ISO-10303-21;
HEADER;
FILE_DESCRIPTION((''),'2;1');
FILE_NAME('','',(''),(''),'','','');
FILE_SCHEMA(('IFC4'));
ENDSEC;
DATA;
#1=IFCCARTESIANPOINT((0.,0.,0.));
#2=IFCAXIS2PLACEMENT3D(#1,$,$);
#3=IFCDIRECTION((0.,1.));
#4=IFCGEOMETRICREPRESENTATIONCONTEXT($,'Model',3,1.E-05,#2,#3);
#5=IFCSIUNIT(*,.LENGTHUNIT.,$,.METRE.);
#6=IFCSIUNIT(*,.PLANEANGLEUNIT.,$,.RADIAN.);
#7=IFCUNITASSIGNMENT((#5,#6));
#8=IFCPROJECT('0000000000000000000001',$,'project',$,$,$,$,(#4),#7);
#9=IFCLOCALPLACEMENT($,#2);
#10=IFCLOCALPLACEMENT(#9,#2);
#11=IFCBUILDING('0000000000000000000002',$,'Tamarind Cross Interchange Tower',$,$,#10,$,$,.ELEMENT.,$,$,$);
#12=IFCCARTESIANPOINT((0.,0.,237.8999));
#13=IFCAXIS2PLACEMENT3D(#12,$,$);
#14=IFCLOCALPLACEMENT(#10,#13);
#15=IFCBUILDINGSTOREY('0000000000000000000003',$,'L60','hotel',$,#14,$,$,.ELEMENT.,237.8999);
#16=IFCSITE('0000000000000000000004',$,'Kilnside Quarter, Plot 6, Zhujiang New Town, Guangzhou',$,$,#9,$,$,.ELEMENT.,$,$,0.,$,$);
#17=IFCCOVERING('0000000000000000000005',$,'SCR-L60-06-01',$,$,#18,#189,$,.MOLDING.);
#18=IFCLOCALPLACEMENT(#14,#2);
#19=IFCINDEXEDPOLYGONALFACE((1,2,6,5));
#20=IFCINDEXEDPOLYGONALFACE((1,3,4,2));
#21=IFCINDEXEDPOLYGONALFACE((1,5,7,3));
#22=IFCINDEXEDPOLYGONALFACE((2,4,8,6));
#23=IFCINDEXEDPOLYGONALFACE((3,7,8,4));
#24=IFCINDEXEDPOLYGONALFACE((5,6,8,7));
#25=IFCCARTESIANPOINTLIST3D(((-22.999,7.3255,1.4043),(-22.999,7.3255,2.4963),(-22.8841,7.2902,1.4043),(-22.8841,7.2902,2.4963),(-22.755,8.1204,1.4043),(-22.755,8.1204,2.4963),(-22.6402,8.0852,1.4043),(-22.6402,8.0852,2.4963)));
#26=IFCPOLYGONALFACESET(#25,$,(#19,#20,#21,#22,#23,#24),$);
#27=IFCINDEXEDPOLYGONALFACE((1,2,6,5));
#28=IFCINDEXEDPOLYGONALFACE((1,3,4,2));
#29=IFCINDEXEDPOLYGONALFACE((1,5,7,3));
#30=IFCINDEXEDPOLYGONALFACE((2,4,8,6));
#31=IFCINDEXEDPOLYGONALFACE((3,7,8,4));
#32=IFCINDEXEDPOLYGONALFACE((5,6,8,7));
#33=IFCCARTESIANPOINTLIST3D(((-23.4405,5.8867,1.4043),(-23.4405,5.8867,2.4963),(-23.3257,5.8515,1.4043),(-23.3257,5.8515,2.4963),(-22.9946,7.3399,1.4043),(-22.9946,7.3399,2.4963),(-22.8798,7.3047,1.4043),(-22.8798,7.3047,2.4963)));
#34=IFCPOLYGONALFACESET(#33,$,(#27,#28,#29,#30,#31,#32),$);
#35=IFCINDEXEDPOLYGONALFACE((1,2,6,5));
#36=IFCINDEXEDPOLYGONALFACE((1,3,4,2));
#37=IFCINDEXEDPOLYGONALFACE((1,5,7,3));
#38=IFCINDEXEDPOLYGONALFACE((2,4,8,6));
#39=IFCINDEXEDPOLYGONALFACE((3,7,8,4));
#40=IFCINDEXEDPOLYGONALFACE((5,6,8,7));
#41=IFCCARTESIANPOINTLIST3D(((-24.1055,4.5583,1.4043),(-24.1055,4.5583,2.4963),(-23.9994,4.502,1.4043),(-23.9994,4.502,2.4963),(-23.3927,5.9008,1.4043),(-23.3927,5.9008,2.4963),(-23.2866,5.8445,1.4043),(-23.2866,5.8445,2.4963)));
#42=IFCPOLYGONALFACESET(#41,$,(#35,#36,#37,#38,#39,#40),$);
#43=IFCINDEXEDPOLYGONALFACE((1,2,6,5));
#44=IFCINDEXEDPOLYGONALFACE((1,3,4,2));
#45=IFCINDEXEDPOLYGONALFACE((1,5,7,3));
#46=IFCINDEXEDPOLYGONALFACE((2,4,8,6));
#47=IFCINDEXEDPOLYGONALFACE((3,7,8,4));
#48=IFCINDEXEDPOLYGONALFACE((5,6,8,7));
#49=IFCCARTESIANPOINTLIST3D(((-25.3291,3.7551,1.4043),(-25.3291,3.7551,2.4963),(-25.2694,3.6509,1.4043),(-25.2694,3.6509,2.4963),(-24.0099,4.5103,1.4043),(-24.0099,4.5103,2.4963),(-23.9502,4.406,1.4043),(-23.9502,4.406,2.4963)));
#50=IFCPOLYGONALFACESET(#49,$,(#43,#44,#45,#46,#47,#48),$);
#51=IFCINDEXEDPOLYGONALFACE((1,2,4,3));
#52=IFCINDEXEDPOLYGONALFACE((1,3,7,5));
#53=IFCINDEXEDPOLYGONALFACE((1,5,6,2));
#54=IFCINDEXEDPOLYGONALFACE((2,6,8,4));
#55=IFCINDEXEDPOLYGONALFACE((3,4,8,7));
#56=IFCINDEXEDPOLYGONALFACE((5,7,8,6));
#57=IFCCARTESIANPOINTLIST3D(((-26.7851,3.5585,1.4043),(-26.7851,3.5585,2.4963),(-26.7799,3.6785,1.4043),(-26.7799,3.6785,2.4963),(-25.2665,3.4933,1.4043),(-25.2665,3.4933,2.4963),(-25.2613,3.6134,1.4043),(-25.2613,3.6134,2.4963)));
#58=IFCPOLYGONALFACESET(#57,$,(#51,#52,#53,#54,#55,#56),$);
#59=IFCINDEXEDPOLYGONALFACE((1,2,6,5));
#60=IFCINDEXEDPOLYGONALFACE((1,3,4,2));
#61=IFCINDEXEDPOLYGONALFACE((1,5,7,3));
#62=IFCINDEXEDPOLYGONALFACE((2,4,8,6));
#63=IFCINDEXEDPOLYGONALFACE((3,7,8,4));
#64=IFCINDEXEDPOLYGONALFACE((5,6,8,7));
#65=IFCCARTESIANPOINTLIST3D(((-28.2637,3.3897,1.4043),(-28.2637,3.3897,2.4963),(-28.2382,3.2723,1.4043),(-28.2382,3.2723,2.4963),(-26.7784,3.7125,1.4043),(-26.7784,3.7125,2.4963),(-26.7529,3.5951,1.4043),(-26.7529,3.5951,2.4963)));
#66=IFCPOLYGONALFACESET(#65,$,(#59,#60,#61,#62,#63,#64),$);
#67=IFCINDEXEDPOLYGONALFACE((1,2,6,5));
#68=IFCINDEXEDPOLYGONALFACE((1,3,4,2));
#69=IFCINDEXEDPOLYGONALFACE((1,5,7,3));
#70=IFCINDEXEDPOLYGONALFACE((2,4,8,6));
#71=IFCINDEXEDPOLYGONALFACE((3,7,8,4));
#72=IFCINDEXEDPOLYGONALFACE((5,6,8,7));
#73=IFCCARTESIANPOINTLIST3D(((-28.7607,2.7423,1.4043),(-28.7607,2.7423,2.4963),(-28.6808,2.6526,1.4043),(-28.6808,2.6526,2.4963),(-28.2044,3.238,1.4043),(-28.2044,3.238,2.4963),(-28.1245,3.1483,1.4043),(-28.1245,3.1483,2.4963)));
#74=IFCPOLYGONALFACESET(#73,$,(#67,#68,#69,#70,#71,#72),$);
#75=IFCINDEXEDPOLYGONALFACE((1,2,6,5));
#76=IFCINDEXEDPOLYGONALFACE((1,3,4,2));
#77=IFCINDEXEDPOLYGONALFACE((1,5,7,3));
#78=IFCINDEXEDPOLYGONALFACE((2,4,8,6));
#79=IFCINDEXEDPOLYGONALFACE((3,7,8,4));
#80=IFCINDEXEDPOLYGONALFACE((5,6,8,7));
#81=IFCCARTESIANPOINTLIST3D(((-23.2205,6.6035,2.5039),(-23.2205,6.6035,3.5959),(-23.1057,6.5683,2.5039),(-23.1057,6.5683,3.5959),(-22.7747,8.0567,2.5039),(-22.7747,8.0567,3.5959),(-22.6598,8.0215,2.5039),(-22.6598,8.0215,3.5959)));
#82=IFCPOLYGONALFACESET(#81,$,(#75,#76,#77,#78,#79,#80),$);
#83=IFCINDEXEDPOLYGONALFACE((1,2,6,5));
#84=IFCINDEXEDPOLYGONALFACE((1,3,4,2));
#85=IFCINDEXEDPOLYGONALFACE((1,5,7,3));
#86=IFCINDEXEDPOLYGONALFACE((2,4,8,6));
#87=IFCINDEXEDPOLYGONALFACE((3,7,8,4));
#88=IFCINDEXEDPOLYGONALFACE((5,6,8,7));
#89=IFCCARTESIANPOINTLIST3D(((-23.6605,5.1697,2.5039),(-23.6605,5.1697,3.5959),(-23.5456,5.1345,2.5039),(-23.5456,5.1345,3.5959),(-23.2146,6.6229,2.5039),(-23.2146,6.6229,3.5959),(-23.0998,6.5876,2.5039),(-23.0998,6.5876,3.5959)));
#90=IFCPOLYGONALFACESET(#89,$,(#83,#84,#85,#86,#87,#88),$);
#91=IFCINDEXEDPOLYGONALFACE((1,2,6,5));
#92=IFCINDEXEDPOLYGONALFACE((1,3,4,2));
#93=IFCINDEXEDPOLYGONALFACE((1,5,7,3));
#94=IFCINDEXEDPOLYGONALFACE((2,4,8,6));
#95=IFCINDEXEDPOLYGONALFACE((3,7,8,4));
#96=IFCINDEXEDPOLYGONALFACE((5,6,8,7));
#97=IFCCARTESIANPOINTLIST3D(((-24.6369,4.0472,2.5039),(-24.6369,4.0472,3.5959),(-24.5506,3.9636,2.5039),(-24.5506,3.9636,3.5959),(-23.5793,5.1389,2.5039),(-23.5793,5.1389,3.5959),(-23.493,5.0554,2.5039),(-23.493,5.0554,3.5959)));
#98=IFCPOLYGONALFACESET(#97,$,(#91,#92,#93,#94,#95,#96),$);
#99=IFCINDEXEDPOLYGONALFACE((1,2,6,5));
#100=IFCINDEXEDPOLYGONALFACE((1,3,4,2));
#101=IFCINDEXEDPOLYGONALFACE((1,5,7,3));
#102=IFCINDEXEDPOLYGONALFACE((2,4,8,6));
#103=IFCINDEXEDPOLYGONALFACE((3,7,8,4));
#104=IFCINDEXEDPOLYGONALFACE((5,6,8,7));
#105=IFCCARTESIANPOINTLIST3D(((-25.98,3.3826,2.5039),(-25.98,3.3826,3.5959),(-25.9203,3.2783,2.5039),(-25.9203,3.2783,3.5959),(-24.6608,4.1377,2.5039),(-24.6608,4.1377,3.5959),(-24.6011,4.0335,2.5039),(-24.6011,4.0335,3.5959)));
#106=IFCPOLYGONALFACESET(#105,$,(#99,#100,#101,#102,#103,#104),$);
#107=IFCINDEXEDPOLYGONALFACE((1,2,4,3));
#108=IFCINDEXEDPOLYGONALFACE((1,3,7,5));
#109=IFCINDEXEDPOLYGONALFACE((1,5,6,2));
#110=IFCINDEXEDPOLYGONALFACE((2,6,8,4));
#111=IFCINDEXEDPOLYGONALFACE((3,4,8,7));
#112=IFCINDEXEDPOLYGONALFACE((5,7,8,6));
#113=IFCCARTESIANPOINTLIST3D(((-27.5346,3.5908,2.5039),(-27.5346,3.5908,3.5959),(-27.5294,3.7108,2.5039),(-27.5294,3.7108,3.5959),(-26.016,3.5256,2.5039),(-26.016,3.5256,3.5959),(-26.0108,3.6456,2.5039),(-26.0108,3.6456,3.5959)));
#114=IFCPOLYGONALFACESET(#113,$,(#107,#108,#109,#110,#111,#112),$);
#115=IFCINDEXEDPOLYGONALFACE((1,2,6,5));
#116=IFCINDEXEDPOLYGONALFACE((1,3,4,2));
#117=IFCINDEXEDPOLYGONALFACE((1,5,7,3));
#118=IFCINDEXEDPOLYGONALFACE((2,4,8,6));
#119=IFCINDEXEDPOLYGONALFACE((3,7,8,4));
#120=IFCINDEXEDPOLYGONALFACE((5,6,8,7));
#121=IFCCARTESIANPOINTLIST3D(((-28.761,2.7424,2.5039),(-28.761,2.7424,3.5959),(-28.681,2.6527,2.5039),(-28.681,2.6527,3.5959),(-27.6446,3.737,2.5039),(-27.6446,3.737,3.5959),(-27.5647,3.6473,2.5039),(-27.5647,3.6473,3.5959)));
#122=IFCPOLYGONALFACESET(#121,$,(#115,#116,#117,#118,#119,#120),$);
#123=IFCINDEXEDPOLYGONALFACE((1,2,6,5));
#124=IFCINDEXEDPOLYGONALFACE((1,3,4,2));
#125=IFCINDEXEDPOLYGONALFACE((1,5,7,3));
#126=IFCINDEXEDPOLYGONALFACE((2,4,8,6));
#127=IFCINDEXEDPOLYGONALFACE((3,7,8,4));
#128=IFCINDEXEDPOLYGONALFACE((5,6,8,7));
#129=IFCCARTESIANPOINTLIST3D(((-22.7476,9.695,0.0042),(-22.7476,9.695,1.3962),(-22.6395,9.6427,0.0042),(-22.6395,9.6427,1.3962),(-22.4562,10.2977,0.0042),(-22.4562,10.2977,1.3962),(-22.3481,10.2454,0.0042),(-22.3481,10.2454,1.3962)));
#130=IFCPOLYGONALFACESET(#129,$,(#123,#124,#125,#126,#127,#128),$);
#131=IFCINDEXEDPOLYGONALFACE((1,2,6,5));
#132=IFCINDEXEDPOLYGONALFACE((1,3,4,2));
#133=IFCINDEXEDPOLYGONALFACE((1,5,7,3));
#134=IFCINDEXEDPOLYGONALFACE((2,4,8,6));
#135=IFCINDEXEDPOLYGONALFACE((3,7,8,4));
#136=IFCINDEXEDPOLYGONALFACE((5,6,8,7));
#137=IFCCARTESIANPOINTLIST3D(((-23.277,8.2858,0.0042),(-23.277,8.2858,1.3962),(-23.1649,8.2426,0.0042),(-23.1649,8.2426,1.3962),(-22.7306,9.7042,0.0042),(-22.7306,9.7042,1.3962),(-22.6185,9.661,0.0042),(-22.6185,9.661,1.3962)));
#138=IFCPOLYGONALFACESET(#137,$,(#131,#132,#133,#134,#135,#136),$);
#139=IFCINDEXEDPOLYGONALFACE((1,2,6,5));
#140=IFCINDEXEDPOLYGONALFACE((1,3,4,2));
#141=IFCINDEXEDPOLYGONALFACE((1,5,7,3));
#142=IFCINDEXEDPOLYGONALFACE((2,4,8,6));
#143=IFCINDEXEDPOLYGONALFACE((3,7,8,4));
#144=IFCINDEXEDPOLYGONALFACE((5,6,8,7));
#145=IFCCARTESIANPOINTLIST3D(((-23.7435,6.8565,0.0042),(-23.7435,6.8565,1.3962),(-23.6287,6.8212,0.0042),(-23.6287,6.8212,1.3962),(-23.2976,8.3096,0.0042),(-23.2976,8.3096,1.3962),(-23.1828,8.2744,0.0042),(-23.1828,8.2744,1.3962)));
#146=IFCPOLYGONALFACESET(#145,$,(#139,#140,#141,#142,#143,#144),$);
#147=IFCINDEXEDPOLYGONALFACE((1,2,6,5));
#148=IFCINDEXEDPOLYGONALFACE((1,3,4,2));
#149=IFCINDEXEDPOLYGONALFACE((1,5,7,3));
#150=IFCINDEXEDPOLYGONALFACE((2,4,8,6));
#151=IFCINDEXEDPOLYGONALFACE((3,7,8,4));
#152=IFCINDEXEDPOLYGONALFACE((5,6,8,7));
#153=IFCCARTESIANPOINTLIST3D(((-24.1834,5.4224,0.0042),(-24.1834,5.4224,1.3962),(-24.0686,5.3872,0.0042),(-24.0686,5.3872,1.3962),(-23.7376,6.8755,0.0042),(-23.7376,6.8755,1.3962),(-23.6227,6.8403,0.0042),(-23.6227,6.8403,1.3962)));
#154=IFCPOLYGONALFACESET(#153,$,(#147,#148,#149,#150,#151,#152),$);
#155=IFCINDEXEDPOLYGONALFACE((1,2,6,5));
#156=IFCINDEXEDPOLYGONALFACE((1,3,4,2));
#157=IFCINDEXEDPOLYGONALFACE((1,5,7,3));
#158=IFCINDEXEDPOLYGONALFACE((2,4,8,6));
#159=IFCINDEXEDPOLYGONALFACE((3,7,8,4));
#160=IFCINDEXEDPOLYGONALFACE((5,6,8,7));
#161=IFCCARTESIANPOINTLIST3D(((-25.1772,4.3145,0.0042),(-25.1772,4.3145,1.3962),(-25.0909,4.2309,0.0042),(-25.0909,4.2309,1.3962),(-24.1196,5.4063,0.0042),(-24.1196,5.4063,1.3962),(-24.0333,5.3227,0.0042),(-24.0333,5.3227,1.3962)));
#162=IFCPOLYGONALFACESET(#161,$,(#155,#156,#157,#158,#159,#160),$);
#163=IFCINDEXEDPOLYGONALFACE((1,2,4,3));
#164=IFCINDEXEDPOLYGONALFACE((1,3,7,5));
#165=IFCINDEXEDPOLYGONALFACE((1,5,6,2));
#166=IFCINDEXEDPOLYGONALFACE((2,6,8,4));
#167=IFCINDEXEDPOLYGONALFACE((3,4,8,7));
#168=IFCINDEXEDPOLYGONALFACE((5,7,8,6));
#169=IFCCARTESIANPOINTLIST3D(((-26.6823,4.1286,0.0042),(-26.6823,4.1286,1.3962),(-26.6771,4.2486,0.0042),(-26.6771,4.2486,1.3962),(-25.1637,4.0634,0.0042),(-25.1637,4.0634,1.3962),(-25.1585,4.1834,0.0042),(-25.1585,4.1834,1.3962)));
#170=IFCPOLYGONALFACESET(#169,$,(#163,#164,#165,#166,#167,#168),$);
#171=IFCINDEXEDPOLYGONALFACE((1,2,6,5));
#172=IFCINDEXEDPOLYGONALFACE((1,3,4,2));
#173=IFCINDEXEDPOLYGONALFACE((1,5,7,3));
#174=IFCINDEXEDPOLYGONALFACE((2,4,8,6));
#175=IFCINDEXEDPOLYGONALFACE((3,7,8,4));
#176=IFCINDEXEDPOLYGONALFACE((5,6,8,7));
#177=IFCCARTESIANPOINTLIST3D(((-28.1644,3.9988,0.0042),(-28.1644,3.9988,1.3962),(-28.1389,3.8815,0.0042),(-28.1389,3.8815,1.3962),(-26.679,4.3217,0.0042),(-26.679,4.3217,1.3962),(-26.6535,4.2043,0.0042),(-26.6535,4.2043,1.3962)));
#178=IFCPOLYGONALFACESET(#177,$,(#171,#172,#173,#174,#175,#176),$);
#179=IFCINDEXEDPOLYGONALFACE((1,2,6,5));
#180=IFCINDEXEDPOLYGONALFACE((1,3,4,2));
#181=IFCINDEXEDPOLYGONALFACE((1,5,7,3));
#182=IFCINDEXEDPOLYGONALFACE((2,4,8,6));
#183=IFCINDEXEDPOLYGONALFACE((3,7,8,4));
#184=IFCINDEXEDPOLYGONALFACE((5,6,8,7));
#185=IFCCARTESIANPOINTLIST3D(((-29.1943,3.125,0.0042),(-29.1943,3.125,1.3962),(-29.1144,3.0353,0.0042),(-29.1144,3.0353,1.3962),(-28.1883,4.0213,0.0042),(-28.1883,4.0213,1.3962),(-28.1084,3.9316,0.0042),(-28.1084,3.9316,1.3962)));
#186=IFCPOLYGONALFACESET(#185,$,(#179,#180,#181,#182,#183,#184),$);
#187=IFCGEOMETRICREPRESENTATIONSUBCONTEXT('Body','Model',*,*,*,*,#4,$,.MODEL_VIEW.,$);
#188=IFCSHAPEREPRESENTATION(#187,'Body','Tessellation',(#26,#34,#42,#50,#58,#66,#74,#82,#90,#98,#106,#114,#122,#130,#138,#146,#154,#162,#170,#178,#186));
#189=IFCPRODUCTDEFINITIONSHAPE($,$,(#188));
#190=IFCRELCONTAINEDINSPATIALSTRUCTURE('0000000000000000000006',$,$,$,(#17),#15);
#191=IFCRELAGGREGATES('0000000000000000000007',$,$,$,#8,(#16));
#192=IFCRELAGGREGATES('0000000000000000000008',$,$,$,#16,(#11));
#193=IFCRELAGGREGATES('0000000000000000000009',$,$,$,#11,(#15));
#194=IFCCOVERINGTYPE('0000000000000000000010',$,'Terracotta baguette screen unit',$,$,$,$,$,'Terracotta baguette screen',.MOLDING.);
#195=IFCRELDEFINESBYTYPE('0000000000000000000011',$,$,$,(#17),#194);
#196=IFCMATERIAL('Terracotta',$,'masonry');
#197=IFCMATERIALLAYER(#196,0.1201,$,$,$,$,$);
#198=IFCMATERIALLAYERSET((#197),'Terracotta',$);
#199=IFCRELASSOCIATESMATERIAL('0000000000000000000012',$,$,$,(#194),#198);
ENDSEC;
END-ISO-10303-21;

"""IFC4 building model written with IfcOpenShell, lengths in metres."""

from ifc_helpers import new_model, si_unit, direction, frame, origin, origin_2d, place, context, subcontext, project, spatial, rectangle, extrude, material, layer, layer_set, type_object, element, save


model = new_model("IFC4")

# Units and contexts
model_context = context("Model", 3, precision=1e-05, world=origin(), true_north=direction((0.0, 1.0)))
body_context = subcontext(model_context, "Body", "Model", "MODEL_VIEW")
ifc_project = project(units=[si_unit("LENGTHUNIT", "METRE"), si_unit("PLANEANGLEUNIT", "RADIAN")], contexts=[model_context])

# Site, building, storey
site_placement = place(None, origin())
site = spatial("IfcSite", under=ifc_project, at=site_placement, Name="Kilnside Quarter, Plot 6, Zhujiang New Town, Guangzhou", CompositionType="ELEMENT", RefElevation=0.0)
building_placement = place(site_placement, origin())
building = spatial("IfcBuilding", under=site, at=building_placement, Name="Tamarind Cross Interchange Tower", CompositionType="ELEMENT")
storey_placement = place(building_placement, frame((0.0, 0.0, 237.8999)))
storey = spatial("IfcBuildingStorey", under=building, at=storey_placement, Name="L60", Description="hotel", CompositionType="ELEMENT", Elevation=237.8999)

# Covering
ifc_material_1 = material(Name="Terracotta", Category="masonry")
ifc_layer_1 = layer(ifc_material_1, 0.1201)
ifc_layer_set_1 = layer_set([ifc_layer_1], Name="Terracotta")
covering_type = type_object("IfcCoveringType", Name="Terracotta baguette screen unit", ElementType="Terracotta baguette screen", PredefinedType="MOLDING", material=ifc_layer_set_1)
covering_1_placement = place(storey_placement, origin())
element("IfcCovering", 1, at=covering_1_placement, inside=storey, type_object=covering_type, Name="SCR-L60-06-01", PredefinedType="MOLDING", context=body_context, shape_type="SweptSolid", body=[
    extrude(rectangle(XDim=0.8315, YDim=0.1201, at=origin_2d()), frame((-22.8196, 7.7053, 1.4043), z_axis=(0.0, 0.0, 1.0), x_axis=(-0.293333, -0.95601, 0.0)), (0.0, 0.0, 1.0), 1.092),
    extrude(rectangle(XDim=1.52, YDim=0.1201, at=origin_2d()), frame((-23.1602, 6.5957, 1.4043), z_axis=(0.0, 0.0, 1.0), x_axis=(-0.293333, -0.95601, 0.0)), (0.0, 0.0, 1.0), 1.092),
    extrude(rectangle(XDim=1.52, YDim=0.1201, at=origin_2d()), frame((-23.696, 5.2014, 1.4043), z_axis=(0.0, 0.0, 1.0), x_axis=(-0.468936, -0.883232, 0.0)), (0.0, 0.0, 1.0), 1.092),
    extrude(rectangle(XDim=1.52, YDim=0.1201, at=origin_2d()), frame((-24.6396, 4.0806, 1.4043), z_axis=(0.0, 0.0, 1.0), x_axis=(-0.867865, -0.4968, 0.0)), (0.0, 0.0, 1.0), 1.092),
    extrude(rectangle(XDim=1.52, YDim=0.1201, at=origin_2d()), frame((-26.0232, 3.5859, 1.4043), z_axis=(0.0, 0.0, 1.0), x_axis=(-0.99908, 0.042882, 0.0)), (0.0, 0.0, 1.0), 1.092),
    extrude(rectangle(XDim=1.52, YDim=0.1201, at=origin_2d()), frame((-27.5083, 3.4924, 1.4043), z_axis=(0.0, 0.0, 1.0), x_axis=(-0.977188, -0.212374, 0.0)), (0.0, 0.0, 1.0), 1.092),
    extrude(rectangle(XDim=0.7451, YDim=0.1201, at=origin_2d()), frame((-28.4426, 2.9453, 1.4043), z_axis=(0.0, 0.0, 1.0), x_axis=(-0.746638, -0.66523, 0.0)), (0.0, 0.0, 1.0), 1.092),
    extrude(rectangle(XDim=1.52, YDim=0.1201, at=origin_2d()), frame((-22.9402, 7.3125, 2.5039), z_axis=(0.0, 0.0, 1.0), x_axis=(-0.293333, -0.95601, 0.0)), (0.0, 0.0, 1.0), 1.092),
    extrude(rectangle(XDim=1.52, YDim=0.1201, at=origin_2d()), frame((-23.3801, 5.8787, 2.5039), z_axis=(0.0, 0.0, 1.0), x_axis=(-0.293333, -0.95601, 0.0)), (0.0, 0.0, 1.0), 1.092),
    extrude(rectangle(XDim=1.52, YDim=0.1201, at=origin_2d()), frame((-24.0649, 4.5513, 2.5039), z_axis=(0.0, 0.0, 1.0), x_axis=(-0.695767, -0.718268, 0.0)), (0.0, 0.0, 1.0), 1.092),
    extrude(rectangle(XDim=1.52, YDim=0.1201, at=origin_2d()), frame((-25.2905, 3.708, 2.5039), z_axis=(0.0, 0.0, 1.0), x_axis=(-0.867865, -0.4968, 0.0)), (0.0, 0.0, 1.0), 1.092),
    extrude(rectangle(XDim=1.52, YDim=0.1201, at=origin_2d()), frame((-26.7727, 3.6182, 2.5039), z_axis=(0.0, 0.0, 1.0), x_axis=(-0.99908, 0.042882, 0.0)), (0.0, 0.0, 1.0), 1.092),
    extrude(rectangle(XDim=1.4951, YDim=0.1201, at=origin_2d()), frame((-28.1628, 3.1948, 2.5039), z_axis=(0.0, 0.0, 1.0), x_axis=(-0.746638, -0.66523, 0.0)), (0.0, 0.0, 1.0), 1.092),
    extrude(rectangle(XDim=0.6694, YDim=0.1201, at=origin_2d()), frame((-22.5479, 9.9702, 0.0042), z_axis=(0.0, 0.0, 1.0), x_axis=(-0.435326, -0.900273, 0.0)), (0.0, 0.0, 1.0), 1.3921),
    extrude(rectangle(XDim=1.52, YDim=0.1201, at=origin_2d()), frame((-22.9478, 8.9734, 0.0042), z_axis=(0.0, 0.0, 1.0), x_axis=(-0.359495, -0.933147, 0.0)), (0.0, 0.0, 1.0), 1.3921),
    extrude(rectangle(XDim=1.52, YDim=0.1201, at=origin_2d()), frame((-23.4631, 7.5654, 0.0042), z_axis=(0.0, 0.0, 1.0), x_axis=(-0.293333, -0.95601, 0.0)), (0.0, 0.0, 1.0), 1.3921),
    extrude(rectangle(XDim=1.52, YDim=0.1201, at=origin_2d()), frame((-23.9031, 6.1313, 0.0042), z_axis=(0.0, 0.0, 1.0), x_axis=(-0.293333, -0.95601, 0.0)), (0.0, 0.0, 1.0), 1.3921),
    extrude(rectangle(XDim=1.52, YDim=0.1201, at=origin_2d()), frame((-24.6052, 4.8186, 0.0042), z_axis=(0.0, 0.0, 1.0), x_axis=(-0.695767, -0.718268, 0.0)), (0.0, 0.0, 1.0), 1.3921),
    extrude(rectangle(XDim=1.52, YDim=0.1201, at=origin_2d()), frame((-25.9204, 4.156, 0.0042), z_axis=(0.0, 0.0, 1.0), x_axis=(-0.99908, 0.042882, 0.0)), (0.0, 0.0, 1.0), 1.3921),
    extrude(rectangle(XDim=1.52, YDim=0.1201, at=origin_2d()), frame((-27.4089, 4.1016, 0.0042), z_axis=(0.0, 0.0, 1.0), x_axis=(-0.977188, -0.212374, 0.0)), (0.0, 0.0, 1.0), 1.3921),
    extrude(rectangle(XDim=1.3474, YDim=0.1201, at=origin_2d()), frame((-28.6514, 3.5283, 0.0042), z_axis=(0.0, 0.0, 1.0), x_axis=(-0.746638, -0.66523, 0.0)), (0.0, 0.0, 1.0), 1.3921),
])

save(model, "model.ifc")
